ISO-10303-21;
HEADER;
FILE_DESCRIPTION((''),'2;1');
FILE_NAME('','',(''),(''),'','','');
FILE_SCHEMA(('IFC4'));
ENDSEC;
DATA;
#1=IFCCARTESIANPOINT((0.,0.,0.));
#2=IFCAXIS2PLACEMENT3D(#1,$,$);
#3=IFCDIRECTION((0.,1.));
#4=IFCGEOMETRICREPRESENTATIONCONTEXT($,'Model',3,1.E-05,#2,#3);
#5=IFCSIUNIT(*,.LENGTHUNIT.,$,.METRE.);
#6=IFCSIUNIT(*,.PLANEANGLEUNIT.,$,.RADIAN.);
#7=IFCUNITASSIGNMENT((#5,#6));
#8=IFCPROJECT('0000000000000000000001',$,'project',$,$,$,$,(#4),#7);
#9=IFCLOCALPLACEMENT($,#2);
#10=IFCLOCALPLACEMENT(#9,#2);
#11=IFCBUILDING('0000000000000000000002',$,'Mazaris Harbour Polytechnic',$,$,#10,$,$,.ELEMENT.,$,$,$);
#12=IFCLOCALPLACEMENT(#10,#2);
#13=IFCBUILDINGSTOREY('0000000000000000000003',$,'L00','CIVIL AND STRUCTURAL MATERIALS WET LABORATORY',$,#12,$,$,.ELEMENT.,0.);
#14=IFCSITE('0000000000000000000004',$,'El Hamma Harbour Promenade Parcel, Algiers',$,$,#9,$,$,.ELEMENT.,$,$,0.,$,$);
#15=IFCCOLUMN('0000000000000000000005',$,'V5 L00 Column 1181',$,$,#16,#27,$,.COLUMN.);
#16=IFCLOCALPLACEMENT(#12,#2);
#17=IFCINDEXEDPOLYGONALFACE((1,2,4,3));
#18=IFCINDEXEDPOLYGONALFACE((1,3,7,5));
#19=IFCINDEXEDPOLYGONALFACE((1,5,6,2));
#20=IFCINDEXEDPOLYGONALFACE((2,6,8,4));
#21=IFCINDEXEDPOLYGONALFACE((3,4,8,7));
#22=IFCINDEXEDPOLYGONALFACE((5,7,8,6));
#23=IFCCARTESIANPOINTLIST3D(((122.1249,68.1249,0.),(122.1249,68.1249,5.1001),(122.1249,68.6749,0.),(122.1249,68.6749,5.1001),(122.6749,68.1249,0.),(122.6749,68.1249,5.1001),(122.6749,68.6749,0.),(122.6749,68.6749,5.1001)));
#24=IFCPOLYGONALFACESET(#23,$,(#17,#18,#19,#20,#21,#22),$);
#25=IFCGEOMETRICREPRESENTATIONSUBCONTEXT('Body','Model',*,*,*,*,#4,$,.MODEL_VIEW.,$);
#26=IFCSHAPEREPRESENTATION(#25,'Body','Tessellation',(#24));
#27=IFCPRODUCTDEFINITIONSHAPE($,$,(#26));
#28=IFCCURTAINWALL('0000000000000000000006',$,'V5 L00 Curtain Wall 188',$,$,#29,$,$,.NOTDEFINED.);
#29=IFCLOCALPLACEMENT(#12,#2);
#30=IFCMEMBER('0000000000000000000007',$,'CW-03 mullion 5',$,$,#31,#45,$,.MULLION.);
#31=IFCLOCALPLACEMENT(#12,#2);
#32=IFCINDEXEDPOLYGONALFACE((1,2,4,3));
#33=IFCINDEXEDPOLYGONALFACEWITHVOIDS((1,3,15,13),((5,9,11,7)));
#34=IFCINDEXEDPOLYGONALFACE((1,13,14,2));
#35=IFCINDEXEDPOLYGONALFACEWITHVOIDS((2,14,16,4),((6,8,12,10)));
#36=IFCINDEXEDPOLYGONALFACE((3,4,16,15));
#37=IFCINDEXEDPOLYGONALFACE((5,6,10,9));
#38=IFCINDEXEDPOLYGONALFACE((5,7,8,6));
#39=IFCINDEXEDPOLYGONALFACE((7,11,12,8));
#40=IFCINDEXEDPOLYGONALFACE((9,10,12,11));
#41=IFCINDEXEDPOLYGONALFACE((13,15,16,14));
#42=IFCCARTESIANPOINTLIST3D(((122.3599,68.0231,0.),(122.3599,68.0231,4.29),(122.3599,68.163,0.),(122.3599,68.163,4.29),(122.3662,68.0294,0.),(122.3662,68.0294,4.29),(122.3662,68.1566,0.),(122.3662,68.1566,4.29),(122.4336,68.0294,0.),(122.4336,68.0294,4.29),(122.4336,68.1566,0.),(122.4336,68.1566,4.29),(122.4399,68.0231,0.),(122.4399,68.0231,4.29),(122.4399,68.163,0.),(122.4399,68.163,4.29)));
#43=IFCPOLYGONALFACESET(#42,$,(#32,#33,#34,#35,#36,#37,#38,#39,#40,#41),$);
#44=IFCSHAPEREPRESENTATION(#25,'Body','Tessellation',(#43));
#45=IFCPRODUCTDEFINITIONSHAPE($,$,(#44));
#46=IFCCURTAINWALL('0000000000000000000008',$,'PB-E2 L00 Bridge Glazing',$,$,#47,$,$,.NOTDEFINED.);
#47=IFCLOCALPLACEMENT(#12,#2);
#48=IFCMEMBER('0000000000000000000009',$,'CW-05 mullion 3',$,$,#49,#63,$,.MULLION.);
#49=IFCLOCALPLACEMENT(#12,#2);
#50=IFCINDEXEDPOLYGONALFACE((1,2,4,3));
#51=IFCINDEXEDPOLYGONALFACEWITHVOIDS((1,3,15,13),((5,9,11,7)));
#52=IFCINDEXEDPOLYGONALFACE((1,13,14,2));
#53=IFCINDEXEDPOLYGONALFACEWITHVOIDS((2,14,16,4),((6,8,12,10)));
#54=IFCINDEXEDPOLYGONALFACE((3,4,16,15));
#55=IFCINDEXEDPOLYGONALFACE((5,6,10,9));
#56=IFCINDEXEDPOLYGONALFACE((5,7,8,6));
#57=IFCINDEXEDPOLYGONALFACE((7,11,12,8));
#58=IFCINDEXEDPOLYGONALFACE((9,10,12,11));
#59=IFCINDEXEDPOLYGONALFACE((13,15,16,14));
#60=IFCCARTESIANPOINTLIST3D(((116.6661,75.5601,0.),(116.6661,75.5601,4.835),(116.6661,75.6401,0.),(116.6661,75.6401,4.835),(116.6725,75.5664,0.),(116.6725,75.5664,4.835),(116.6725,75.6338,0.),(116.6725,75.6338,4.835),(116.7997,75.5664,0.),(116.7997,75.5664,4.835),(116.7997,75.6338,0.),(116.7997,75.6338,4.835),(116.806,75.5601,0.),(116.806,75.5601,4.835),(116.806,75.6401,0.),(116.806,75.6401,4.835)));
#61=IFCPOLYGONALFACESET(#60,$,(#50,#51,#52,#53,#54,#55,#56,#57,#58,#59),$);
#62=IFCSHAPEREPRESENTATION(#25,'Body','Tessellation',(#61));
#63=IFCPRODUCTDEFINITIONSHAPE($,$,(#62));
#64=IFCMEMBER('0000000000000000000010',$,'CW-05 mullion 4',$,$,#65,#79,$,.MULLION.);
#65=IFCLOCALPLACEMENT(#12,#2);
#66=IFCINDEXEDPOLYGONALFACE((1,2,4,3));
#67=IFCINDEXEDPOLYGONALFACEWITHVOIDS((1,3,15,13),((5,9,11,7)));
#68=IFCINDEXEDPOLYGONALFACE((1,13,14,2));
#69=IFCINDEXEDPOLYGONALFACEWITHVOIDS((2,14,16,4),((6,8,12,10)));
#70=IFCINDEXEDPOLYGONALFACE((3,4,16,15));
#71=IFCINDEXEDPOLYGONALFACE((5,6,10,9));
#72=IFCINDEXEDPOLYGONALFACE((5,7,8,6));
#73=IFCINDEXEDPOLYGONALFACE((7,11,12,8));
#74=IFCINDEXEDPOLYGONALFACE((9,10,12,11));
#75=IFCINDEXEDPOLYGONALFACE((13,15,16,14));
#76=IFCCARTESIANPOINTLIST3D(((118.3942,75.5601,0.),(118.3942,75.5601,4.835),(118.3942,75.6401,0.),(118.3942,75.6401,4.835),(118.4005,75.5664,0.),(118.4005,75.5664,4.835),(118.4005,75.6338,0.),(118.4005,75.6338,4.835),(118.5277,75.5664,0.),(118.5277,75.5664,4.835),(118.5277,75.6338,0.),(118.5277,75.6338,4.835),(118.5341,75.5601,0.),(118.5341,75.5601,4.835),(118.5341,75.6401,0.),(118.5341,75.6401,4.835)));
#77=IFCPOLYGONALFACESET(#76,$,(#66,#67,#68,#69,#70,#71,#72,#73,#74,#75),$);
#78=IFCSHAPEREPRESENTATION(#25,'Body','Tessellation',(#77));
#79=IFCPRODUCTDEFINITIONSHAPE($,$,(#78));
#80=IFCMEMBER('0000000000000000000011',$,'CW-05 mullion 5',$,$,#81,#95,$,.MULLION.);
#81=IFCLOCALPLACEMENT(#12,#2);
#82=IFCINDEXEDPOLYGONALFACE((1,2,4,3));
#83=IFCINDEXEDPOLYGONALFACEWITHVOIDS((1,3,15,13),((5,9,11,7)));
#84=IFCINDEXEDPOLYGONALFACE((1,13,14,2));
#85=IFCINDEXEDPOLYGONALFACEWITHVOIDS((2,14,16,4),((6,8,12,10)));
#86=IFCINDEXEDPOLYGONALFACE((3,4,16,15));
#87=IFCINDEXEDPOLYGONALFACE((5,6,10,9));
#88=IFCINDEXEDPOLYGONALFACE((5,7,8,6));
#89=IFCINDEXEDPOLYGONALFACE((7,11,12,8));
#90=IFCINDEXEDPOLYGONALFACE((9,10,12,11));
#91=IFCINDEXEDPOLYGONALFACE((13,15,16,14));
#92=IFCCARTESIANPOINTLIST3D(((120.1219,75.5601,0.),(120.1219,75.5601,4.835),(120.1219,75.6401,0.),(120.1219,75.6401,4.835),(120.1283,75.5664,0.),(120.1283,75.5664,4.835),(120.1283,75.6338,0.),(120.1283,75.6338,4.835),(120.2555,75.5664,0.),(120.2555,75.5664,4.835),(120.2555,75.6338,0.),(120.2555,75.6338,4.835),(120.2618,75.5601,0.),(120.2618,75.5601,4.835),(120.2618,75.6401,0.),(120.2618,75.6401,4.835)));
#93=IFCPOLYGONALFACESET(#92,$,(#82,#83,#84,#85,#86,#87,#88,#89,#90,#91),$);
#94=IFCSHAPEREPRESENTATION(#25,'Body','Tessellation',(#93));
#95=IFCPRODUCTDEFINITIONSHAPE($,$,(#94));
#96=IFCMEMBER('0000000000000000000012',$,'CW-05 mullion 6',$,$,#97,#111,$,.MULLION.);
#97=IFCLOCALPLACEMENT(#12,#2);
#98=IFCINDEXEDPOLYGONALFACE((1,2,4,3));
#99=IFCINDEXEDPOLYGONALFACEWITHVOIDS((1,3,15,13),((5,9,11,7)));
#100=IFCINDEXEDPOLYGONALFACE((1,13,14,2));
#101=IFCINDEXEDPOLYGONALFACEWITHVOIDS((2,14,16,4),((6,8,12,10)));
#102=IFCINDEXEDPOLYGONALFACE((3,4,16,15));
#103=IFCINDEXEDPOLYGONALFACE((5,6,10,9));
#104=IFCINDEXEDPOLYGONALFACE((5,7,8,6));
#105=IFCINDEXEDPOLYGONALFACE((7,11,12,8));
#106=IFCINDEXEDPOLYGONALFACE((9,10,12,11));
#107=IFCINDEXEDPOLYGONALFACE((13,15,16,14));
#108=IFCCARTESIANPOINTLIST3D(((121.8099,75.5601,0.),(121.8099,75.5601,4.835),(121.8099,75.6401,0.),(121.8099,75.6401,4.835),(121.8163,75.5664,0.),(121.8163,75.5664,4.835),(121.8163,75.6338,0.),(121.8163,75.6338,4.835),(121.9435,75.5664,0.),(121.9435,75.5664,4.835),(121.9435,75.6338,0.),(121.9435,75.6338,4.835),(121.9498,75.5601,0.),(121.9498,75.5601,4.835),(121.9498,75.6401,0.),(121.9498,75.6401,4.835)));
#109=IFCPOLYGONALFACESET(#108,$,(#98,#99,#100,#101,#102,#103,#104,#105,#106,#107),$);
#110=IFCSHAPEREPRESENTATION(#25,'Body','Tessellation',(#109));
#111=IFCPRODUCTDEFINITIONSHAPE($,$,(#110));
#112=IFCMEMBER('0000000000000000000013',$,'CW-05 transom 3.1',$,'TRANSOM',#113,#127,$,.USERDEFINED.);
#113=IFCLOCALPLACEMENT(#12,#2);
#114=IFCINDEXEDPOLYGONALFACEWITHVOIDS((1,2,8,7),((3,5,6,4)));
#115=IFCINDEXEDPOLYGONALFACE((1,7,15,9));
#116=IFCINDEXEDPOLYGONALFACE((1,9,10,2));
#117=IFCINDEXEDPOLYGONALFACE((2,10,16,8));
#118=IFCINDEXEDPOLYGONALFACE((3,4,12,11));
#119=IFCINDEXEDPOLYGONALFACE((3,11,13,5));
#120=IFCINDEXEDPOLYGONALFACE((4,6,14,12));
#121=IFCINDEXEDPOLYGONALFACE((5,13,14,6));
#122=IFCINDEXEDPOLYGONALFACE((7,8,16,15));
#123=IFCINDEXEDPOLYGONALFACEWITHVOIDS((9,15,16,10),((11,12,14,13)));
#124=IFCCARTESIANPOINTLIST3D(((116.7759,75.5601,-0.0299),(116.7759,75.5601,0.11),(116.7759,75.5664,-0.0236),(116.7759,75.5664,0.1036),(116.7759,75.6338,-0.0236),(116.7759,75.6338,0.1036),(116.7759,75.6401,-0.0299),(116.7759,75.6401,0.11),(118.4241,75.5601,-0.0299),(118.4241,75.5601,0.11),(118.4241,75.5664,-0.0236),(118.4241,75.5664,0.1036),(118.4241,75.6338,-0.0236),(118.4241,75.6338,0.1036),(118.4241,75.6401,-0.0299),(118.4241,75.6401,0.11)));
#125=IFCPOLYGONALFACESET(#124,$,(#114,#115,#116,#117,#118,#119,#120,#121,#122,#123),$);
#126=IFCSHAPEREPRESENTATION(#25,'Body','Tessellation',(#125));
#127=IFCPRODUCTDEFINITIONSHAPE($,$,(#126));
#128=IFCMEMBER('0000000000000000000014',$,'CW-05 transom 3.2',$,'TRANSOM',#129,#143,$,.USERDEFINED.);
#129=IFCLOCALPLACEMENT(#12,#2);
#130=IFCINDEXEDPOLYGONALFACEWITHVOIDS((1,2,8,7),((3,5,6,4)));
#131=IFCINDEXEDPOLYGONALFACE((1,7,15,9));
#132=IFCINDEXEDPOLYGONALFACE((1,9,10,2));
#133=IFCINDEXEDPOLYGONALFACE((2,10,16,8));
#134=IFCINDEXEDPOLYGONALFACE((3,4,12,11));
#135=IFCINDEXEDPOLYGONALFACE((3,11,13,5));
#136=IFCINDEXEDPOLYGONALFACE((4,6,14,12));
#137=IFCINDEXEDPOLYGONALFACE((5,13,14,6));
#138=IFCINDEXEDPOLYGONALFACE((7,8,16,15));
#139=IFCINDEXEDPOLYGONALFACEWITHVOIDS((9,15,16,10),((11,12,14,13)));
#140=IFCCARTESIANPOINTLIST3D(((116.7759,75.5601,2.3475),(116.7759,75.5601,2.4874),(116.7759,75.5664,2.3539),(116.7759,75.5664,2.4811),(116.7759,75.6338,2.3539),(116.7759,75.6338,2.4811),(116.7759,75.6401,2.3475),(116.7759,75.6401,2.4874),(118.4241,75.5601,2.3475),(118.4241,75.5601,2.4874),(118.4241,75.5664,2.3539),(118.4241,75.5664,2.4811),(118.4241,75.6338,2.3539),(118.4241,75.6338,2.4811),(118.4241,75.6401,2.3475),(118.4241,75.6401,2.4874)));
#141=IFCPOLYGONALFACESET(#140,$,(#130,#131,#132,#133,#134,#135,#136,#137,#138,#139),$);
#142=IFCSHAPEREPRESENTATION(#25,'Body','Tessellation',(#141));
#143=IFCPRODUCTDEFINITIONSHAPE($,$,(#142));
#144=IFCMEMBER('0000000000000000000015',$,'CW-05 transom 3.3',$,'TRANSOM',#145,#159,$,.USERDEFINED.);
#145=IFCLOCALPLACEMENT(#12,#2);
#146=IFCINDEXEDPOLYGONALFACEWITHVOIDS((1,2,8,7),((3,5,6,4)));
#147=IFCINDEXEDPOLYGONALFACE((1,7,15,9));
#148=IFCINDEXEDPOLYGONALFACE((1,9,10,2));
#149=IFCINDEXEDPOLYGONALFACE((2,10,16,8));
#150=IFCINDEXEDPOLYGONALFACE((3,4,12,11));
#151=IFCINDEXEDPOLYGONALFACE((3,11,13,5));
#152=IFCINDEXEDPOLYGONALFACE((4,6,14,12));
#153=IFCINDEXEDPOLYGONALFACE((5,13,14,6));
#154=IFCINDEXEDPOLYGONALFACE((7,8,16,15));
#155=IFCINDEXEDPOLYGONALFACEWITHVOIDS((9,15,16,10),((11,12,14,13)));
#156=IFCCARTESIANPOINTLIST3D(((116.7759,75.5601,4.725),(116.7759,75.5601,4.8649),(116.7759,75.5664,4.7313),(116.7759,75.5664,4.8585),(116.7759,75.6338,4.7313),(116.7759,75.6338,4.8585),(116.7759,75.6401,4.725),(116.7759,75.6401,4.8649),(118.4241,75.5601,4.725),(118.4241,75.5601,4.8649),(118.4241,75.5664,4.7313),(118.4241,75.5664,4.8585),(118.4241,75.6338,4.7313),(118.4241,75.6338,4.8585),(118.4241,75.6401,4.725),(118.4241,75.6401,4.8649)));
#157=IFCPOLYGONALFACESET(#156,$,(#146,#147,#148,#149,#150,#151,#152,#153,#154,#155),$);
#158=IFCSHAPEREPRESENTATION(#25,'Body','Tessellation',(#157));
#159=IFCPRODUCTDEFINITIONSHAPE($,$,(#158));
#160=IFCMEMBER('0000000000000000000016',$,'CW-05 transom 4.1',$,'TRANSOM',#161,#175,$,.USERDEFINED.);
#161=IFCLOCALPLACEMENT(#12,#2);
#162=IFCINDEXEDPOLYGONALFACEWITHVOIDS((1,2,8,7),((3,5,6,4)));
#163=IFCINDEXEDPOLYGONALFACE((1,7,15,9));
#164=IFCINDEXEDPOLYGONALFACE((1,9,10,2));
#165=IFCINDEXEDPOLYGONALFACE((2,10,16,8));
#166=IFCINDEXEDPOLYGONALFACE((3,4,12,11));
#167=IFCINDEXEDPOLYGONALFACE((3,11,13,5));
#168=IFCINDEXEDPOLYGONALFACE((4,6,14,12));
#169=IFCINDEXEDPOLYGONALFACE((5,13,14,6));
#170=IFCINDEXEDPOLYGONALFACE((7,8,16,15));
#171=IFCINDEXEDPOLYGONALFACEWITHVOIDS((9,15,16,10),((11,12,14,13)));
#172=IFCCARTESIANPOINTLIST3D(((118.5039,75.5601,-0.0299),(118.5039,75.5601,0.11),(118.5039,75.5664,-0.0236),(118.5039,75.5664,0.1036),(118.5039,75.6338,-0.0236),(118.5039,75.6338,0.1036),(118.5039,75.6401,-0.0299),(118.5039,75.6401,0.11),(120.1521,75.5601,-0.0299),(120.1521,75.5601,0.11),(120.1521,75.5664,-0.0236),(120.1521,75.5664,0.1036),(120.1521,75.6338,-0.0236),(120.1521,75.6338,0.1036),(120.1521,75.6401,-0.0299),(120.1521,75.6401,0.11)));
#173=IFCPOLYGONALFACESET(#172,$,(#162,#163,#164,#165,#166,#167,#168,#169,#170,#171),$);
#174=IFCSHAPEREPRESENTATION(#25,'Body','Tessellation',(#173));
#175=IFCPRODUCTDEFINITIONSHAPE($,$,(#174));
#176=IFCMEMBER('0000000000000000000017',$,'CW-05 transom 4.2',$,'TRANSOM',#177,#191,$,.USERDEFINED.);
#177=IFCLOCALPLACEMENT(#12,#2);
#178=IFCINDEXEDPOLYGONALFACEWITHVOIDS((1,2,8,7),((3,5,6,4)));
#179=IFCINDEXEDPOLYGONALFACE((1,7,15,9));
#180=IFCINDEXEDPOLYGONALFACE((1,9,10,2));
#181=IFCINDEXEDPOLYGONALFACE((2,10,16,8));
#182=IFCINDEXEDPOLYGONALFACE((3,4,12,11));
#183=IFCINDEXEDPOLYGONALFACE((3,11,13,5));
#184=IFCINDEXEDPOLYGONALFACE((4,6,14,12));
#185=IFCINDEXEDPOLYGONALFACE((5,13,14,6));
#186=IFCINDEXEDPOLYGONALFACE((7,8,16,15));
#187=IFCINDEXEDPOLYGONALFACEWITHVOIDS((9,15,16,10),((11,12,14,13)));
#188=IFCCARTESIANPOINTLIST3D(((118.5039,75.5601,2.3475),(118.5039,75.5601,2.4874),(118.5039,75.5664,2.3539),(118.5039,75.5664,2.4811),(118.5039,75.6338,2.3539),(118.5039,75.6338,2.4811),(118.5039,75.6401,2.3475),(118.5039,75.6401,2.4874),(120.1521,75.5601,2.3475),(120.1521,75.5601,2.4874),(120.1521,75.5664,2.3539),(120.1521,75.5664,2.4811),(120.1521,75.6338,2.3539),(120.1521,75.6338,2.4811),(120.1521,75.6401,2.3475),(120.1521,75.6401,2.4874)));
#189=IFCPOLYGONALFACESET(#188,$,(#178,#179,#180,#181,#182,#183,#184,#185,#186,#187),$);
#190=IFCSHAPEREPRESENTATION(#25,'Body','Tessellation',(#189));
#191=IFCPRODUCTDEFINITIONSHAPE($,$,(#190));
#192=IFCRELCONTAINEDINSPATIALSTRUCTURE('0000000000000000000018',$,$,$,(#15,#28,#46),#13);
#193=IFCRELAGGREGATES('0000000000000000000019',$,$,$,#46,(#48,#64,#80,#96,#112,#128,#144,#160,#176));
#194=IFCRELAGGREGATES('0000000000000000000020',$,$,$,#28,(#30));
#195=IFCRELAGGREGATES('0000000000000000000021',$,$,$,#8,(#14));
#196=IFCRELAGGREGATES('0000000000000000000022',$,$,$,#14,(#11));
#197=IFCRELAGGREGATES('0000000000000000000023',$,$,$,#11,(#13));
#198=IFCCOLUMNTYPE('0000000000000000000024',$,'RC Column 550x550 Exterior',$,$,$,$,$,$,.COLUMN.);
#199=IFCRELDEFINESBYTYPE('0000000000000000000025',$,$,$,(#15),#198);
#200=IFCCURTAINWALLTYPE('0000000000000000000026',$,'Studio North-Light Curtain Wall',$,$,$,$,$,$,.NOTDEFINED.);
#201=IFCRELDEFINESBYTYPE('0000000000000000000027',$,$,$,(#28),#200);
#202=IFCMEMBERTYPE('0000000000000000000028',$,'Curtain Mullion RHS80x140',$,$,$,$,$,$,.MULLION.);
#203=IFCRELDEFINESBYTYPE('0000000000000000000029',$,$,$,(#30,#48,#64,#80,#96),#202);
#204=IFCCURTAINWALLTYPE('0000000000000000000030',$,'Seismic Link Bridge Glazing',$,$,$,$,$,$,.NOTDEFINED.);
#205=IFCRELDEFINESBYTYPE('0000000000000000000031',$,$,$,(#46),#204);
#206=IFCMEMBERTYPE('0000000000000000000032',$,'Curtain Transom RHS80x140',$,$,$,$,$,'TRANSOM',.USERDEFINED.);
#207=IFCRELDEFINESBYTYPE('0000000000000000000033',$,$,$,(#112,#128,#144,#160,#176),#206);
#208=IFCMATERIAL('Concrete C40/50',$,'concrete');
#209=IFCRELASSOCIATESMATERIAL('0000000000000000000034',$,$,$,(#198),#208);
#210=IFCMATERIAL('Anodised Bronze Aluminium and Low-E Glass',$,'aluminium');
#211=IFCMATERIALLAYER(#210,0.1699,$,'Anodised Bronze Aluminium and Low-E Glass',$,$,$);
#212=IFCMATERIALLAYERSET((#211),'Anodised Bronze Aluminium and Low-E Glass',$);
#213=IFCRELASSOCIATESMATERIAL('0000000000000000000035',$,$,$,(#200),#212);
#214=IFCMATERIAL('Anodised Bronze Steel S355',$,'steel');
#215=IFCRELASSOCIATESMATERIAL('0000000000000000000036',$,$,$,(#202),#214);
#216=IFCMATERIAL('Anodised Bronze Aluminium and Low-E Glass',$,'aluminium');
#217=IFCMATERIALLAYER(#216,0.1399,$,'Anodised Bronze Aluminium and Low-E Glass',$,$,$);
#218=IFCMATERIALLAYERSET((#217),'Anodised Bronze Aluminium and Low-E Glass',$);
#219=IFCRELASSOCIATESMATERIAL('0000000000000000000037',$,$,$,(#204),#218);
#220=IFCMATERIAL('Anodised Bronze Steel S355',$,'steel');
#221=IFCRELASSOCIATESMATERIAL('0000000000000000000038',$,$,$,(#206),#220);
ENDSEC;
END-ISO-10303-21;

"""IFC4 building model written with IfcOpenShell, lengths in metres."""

from ifc_helpers import new_model, si_unit, direction, frame, origin, origin_2d, place, context, subcontext, project, spatial, rectangle, hollow_rectangle, extrude, material, layer, layer_set, material_profile, profile_set, type_object, element, aggregate, save


model = new_model("IFC4")

# Units and contexts
model_context = context("Model", 3, precision=1e-05, world=origin(), true_north=direction((0.0, 1.0)))
body_context = subcontext(model_context, "Body", "Model", "MODEL_VIEW")
ifc_project = project(units=[si_unit("LENGTHUNIT", "METRE"), si_unit("PLANEANGLEUNIT", "RADIAN")], contexts=[model_context])

# Site, building, storey
site_placement = place(None, origin())
site = spatial("IfcSite", under=ifc_project, at=site_placement, Name="El Hamma Harbour Promenade Parcel, Algiers", CompositionType="ELEMENT", RefElevation=0.0)
building_placement = place(site_placement, origin())
building = spatial("IfcBuilding", under=site, at=building_placement, Name="Mazaris Harbour Polytechnic", CompositionType="ELEMENT")
storey_placement = place(building_placement, origin())
storey = spatial("IfcBuildingStorey", under=building, at=storey_placement, Name="L00", Description="CIVIL AND STRUCTURAL MATERIALS WET LABORATORY", CompositionType="ELEMENT", Elevation=0.0)

# Column
ifc_material_1 = material(Name="Concrete C40/50", Category="concrete")
ifc_material_profile_1 = material_profile(ifc_material_1, rectangle(XDim=0.55, YDim=0.55, at=origin_2d()), Name="RECT550x550")
ifc_profile_set_1 = profile_set([ifc_material_profile_1], Name="Concrete C40/50")
column_type = type_object("IfcColumnType", Name="RC Column 550x550 Exterior", PredefinedType="COLUMN", material=ifc_profile_set_1)
column_placement = place(storey_placement, frame((122.3999, 68.3999, 0.0), z_axis=(0.0, 0.0, 1.0), x_axis=(1.0, 0.0, 0.0)))
element("IfcColumn", 1, at=column_placement, inside=storey, type_object=column_type, Name="V5 L00 Column 1181", PredefinedType="COLUMN", context=body_context, shape_type="SweptSolid", body=[
    extrude(rectangle(XDim=0.55, YDim=0.55, at=origin_2d()), origin(), (0.0, 0.0, 1.0), 5.1001),
])

# Curtain wall, member
ifc_material_2 = material(Name="Anodised Bronze Aluminium and Low-E Glass", Category="aluminium")
ifc_layer_1 = layer(ifc_material_2, 0.1699, Name="Anodised Bronze Aluminium and Low-E Glass")
ifc_layer_set_1 = layer_set([ifc_layer_1], Name="Anodised Bronze Aluminium and Low-E Glass")
curtain_wall_type_1 = type_object("IfcCurtainWallType", Name="Studio North-Light Curtain Wall", PredefinedType="NOTDEFINED", material=ifc_layer_set_1)
curtain_wall_1_placement = place(storey_placement, origin())
curtain_wall_1 = element("IfcCurtainWall", 2, at=curtain_wall_1_placement, inside=storey, type_object=curtain_wall_type_1, Name="V5 L00 Curtain Wall 188", PredefinedType="NOTDEFINED")
ifc_material_3 = material(Name="Anodised Bronze Steel S355", Category="steel")
ifc_material_profile_2 = material_profile(ifc_material_3, hollow_rectangle(XDim=0.0801, YDim=0.1399, WallThickness=0.0063, at=origin_2d()), Name="RHS 80x140x6.3")
ifc_profile_set_2 = profile_set([ifc_material_profile_2], Name="Anodised Bronze Steel S355")
member_type_1 = type_object("IfcMemberType", Name="Curtain Mullion RHS80x140", PredefinedType="MULLION", material=ifc_profile_set_2)
member_1_placement = place(storey_placement, frame((122.3999, 68.093, 0.0), z_axis=(0.0, 0.0, 1.0), x_axis=(-1.0, 0.0, 0.0)))
member_1 = element("IfcMember", 3, at=member_1_placement, type_object=member_type_1, Name="CW-03 mullion 5", PredefinedType="MULLION", context=body_context, shape_type="SweptSolid", body=[
    extrude(hollow_rectangle(XDim=0.0801, YDim=0.1399, WallThickness=0.0063, at=origin_2d()), origin(), (0.0, 0.0, 1.0), 4.29),
])

# Curtain wall, members
ifc_material_4 = material(Name="Anodised Bronze Aluminium and Low-E Glass", Category="aluminium")
ifc_layer_2 = layer(ifc_material_4, 0.1399, Name="Anodised Bronze Aluminium and Low-E Glass")
ifc_layer_set_2 = layer_set([ifc_layer_2], Name="Anodised Bronze Aluminium and Low-E Glass")
curtain_wall_type_2 = type_object("IfcCurtainWallType", Name="Seismic Link Bridge Glazing", PredefinedType="NOTDEFINED", material=ifc_layer_set_2)
curtain_wall_2_placement = place(storey_placement, origin())
curtain_wall_2 = element("IfcCurtainWall", 4, at=curtain_wall_2_placement, inside=storey, type_object=curtain_wall_type_2, Name="PB-E2 L00 Bridge Glazing", PredefinedType="NOTDEFINED")
member_2_placement = place(storey_placement, frame((116.7361, 75.6001, 0.0), z_axis=(0.0, 0.0, 1.0), x_axis=(0.0, 1.0, 0.0)))
member_2 = element("IfcMember", 5, at=member_2_placement, type_object=member_type_1, Name="CW-05 mullion 3", PredefinedType="MULLION", context=body_context, shape_type="SweptSolid", body=[
    extrude(hollow_rectangle(XDim=0.0801, YDim=0.1399, WallThickness=0.0063, at=origin_2d()), origin(), (0.0, 0.0, 1.0), 4.835),
])
member_3_placement = place(storey_placement, frame((118.4641, 75.6001, 0.0), z_axis=(0.0, 0.0, 1.0), x_axis=(0.0, 1.0, 0.0)))
member_3 = element("IfcMember", 6, at=member_3_placement, type_object=member_type_1, Name="CW-05 mullion 4", PredefinedType="MULLION", context=body_context, shape_type="SweptSolid", body=[
    extrude(hollow_rectangle(XDim=0.0801, YDim=0.1399, WallThickness=0.0063, at=origin_2d()), origin(), (0.0, 0.0, 1.0), 4.835),
])
member_4_placement = place(storey_placement, frame((120.1919, 75.6001, 0.0), z_axis=(0.0, 0.0, 1.0), x_axis=(0.0, 1.0, 0.0)))
member_4 = element("IfcMember", 7, at=member_4_placement, type_object=member_type_1, Name="CW-05 mullion 5", PredefinedType="MULLION", context=body_context, shape_type="SweptSolid", body=[
    extrude(hollow_rectangle(XDim=0.0801, YDim=0.1399, WallThickness=0.0063, at=origin_2d()), origin(), (0.0, 0.0, 1.0), 4.835),
])
member_5_placement = place(storey_placement, frame((121.8799, 75.6001, 0.0), z_axis=(0.0, 0.0, 1.0), x_axis=(0.0, 1.0, 0.0)))
member_5 = element("IfcMember", 8, at=member_5_placement, type_object=member_type_1, Name="CW-05 mullion 6", PredefinedType="MULLION", context=body_context, shape_type="SweptSolid", body=[
    extrude(hollow_rectangle(XDim=0.0801, YDim=0.1399, WallThickness=0.0063, at=origin_2d()), origin(), (0.0, 0.0, 1.0), 4.835),
])
ifc_material_5 = material(Name="Anodised Bronze Steel S355", Category="steel")
ifc_material_profile_3 = material_profile(ifc_material_5, hollow_rectangle(XDim=0.0801, YDim=0.1399, WallThickness=0.0063, at=origin_2d()), Name="RHS 80x140x6.3")
ifc_profile_set_3 = profile_set([ifc_material_profile_3], Name="Anodised Bronze Steel S355")
member_type_2 = type_object("IfcMemberType", Name="Curtain Transom RHS80x140", ElementType="TRANSOM", PredefinedType="USERDEFINED", material=ifc_profile_set_3)
member_6_placement = place(storey_placement, frame((116.7759, 75.6001, 0.04), z_axis=(1.0, 0.0, 0.0), x_axis=(0.0, 1.0, 0.0)))
member_6 = element("IfcMember", 9, at=member_6_placement, type_object=member_type_2, Name="CW-05 transom 3.1", ObjectType="TRANSOM", PredefinedType="USERDEFINED", context=body_context, shape_type="SweptSolid", body=[
    extrude(hollow_rectangle(XDim=0.0801, YDim=0.1399, WallThickness=0.0063, at=origin_2d()), origin(), (0.0, 0.0, 1.0), 1.6482),
])
member_7_placement = place(storey_placement, frame((116.7759, 75.6001, 2.4175), z_axis=(1.0, 0.0, 0.0), x_axis=(0.0, 1.0, 0.0)))
member_7 = element("IfcMember", 10, at=member_7_placement, type_object=member_type_2, Name="CW-05 transom 3.2", ObjectType="TRANSOM", PredefinedType="USERDEFINED", context=body_context, shape_type="SweptSolid", body=[
    extrude(hollow_rectangle(XDim=0.0801, YDim=0.1399, WallThickness=0.0063, at=origin_2d()), origin(), (0.0, 0.0, 1.0), 1.6482),
])
member_8_placement = place(storey_placement, frame((116.7759, 75.6001, 4.7949), z_axis=(1.0, 0.0, 0.0), x_axis=(0.0, 1.0, 0.0)))
member_8 = element("IfcMember", 11, at=member_8_placement, type_object=member_type_2, Name="CW-05 transom 3.3", ObjectType="TRANSOM", PredefinedType="USERDEFINED", context=body_context, shape_type="SweptSolid", body=[
    extrude(hollow_rectangle(XDim=0.0801, YDim=0.1399, WallThickness=0.0063, at=origin_2d()), origin(), (0.0, 0.0, 1.0), 1.6482),
])
member_9_placement = place(storey_placement, frame((118.5039, 75.6001, 0.04), z_axis=(1.0, 0.0, 0.0), x_axis=(0.0, 1.0, 0.0)))
member_9 = element("IfcMember", 12, at=member_9_placement, type_object=member_type_2, Name="CW-05 transom 4.1", ObjectType="TRANSOM", PredefinedType="USERDEFINED", context=body_context, shape_type="SweptSolid", body=[
    extrude(hollow_rectangle(XDim=0.0801, YDim=0.1399, WallThickness=0.0063, at=origin_2d()), origin(), (0.0, 0.0, 1.0), 1.6482),
])
member_10_placement = place(storey_placement, frame((118.5039, 75.6001, 2.4175), z_axis=(1.0, 0.0, 0.0), x_axis=(0.0, 1.0, 0.0)))
member_10 = element("IfcMember", 13, at=member_10_placement, type_object=member_type_2, Name="CW-05 transom 4.2", ObjectType="TRANSOM", PredefinedType="USERDEFINED", context=body_context, shape_type="SweptSolid", body=[
    extrude(hollow_rectangle(XDim=0.0801, YDim=0.1399, WallThickness=0.0063, at=origin_2d()), origin(), (0.0, 0.0, 1.0), 1.6482),
])

aggregate(curtain_wall_2, [member_2, member_3, member_4, member_5, member_6, member_7, member_8, member_9, member_10])
aggregate(curtain_wall_1, [member_1])

save(model, "model.ifc")
